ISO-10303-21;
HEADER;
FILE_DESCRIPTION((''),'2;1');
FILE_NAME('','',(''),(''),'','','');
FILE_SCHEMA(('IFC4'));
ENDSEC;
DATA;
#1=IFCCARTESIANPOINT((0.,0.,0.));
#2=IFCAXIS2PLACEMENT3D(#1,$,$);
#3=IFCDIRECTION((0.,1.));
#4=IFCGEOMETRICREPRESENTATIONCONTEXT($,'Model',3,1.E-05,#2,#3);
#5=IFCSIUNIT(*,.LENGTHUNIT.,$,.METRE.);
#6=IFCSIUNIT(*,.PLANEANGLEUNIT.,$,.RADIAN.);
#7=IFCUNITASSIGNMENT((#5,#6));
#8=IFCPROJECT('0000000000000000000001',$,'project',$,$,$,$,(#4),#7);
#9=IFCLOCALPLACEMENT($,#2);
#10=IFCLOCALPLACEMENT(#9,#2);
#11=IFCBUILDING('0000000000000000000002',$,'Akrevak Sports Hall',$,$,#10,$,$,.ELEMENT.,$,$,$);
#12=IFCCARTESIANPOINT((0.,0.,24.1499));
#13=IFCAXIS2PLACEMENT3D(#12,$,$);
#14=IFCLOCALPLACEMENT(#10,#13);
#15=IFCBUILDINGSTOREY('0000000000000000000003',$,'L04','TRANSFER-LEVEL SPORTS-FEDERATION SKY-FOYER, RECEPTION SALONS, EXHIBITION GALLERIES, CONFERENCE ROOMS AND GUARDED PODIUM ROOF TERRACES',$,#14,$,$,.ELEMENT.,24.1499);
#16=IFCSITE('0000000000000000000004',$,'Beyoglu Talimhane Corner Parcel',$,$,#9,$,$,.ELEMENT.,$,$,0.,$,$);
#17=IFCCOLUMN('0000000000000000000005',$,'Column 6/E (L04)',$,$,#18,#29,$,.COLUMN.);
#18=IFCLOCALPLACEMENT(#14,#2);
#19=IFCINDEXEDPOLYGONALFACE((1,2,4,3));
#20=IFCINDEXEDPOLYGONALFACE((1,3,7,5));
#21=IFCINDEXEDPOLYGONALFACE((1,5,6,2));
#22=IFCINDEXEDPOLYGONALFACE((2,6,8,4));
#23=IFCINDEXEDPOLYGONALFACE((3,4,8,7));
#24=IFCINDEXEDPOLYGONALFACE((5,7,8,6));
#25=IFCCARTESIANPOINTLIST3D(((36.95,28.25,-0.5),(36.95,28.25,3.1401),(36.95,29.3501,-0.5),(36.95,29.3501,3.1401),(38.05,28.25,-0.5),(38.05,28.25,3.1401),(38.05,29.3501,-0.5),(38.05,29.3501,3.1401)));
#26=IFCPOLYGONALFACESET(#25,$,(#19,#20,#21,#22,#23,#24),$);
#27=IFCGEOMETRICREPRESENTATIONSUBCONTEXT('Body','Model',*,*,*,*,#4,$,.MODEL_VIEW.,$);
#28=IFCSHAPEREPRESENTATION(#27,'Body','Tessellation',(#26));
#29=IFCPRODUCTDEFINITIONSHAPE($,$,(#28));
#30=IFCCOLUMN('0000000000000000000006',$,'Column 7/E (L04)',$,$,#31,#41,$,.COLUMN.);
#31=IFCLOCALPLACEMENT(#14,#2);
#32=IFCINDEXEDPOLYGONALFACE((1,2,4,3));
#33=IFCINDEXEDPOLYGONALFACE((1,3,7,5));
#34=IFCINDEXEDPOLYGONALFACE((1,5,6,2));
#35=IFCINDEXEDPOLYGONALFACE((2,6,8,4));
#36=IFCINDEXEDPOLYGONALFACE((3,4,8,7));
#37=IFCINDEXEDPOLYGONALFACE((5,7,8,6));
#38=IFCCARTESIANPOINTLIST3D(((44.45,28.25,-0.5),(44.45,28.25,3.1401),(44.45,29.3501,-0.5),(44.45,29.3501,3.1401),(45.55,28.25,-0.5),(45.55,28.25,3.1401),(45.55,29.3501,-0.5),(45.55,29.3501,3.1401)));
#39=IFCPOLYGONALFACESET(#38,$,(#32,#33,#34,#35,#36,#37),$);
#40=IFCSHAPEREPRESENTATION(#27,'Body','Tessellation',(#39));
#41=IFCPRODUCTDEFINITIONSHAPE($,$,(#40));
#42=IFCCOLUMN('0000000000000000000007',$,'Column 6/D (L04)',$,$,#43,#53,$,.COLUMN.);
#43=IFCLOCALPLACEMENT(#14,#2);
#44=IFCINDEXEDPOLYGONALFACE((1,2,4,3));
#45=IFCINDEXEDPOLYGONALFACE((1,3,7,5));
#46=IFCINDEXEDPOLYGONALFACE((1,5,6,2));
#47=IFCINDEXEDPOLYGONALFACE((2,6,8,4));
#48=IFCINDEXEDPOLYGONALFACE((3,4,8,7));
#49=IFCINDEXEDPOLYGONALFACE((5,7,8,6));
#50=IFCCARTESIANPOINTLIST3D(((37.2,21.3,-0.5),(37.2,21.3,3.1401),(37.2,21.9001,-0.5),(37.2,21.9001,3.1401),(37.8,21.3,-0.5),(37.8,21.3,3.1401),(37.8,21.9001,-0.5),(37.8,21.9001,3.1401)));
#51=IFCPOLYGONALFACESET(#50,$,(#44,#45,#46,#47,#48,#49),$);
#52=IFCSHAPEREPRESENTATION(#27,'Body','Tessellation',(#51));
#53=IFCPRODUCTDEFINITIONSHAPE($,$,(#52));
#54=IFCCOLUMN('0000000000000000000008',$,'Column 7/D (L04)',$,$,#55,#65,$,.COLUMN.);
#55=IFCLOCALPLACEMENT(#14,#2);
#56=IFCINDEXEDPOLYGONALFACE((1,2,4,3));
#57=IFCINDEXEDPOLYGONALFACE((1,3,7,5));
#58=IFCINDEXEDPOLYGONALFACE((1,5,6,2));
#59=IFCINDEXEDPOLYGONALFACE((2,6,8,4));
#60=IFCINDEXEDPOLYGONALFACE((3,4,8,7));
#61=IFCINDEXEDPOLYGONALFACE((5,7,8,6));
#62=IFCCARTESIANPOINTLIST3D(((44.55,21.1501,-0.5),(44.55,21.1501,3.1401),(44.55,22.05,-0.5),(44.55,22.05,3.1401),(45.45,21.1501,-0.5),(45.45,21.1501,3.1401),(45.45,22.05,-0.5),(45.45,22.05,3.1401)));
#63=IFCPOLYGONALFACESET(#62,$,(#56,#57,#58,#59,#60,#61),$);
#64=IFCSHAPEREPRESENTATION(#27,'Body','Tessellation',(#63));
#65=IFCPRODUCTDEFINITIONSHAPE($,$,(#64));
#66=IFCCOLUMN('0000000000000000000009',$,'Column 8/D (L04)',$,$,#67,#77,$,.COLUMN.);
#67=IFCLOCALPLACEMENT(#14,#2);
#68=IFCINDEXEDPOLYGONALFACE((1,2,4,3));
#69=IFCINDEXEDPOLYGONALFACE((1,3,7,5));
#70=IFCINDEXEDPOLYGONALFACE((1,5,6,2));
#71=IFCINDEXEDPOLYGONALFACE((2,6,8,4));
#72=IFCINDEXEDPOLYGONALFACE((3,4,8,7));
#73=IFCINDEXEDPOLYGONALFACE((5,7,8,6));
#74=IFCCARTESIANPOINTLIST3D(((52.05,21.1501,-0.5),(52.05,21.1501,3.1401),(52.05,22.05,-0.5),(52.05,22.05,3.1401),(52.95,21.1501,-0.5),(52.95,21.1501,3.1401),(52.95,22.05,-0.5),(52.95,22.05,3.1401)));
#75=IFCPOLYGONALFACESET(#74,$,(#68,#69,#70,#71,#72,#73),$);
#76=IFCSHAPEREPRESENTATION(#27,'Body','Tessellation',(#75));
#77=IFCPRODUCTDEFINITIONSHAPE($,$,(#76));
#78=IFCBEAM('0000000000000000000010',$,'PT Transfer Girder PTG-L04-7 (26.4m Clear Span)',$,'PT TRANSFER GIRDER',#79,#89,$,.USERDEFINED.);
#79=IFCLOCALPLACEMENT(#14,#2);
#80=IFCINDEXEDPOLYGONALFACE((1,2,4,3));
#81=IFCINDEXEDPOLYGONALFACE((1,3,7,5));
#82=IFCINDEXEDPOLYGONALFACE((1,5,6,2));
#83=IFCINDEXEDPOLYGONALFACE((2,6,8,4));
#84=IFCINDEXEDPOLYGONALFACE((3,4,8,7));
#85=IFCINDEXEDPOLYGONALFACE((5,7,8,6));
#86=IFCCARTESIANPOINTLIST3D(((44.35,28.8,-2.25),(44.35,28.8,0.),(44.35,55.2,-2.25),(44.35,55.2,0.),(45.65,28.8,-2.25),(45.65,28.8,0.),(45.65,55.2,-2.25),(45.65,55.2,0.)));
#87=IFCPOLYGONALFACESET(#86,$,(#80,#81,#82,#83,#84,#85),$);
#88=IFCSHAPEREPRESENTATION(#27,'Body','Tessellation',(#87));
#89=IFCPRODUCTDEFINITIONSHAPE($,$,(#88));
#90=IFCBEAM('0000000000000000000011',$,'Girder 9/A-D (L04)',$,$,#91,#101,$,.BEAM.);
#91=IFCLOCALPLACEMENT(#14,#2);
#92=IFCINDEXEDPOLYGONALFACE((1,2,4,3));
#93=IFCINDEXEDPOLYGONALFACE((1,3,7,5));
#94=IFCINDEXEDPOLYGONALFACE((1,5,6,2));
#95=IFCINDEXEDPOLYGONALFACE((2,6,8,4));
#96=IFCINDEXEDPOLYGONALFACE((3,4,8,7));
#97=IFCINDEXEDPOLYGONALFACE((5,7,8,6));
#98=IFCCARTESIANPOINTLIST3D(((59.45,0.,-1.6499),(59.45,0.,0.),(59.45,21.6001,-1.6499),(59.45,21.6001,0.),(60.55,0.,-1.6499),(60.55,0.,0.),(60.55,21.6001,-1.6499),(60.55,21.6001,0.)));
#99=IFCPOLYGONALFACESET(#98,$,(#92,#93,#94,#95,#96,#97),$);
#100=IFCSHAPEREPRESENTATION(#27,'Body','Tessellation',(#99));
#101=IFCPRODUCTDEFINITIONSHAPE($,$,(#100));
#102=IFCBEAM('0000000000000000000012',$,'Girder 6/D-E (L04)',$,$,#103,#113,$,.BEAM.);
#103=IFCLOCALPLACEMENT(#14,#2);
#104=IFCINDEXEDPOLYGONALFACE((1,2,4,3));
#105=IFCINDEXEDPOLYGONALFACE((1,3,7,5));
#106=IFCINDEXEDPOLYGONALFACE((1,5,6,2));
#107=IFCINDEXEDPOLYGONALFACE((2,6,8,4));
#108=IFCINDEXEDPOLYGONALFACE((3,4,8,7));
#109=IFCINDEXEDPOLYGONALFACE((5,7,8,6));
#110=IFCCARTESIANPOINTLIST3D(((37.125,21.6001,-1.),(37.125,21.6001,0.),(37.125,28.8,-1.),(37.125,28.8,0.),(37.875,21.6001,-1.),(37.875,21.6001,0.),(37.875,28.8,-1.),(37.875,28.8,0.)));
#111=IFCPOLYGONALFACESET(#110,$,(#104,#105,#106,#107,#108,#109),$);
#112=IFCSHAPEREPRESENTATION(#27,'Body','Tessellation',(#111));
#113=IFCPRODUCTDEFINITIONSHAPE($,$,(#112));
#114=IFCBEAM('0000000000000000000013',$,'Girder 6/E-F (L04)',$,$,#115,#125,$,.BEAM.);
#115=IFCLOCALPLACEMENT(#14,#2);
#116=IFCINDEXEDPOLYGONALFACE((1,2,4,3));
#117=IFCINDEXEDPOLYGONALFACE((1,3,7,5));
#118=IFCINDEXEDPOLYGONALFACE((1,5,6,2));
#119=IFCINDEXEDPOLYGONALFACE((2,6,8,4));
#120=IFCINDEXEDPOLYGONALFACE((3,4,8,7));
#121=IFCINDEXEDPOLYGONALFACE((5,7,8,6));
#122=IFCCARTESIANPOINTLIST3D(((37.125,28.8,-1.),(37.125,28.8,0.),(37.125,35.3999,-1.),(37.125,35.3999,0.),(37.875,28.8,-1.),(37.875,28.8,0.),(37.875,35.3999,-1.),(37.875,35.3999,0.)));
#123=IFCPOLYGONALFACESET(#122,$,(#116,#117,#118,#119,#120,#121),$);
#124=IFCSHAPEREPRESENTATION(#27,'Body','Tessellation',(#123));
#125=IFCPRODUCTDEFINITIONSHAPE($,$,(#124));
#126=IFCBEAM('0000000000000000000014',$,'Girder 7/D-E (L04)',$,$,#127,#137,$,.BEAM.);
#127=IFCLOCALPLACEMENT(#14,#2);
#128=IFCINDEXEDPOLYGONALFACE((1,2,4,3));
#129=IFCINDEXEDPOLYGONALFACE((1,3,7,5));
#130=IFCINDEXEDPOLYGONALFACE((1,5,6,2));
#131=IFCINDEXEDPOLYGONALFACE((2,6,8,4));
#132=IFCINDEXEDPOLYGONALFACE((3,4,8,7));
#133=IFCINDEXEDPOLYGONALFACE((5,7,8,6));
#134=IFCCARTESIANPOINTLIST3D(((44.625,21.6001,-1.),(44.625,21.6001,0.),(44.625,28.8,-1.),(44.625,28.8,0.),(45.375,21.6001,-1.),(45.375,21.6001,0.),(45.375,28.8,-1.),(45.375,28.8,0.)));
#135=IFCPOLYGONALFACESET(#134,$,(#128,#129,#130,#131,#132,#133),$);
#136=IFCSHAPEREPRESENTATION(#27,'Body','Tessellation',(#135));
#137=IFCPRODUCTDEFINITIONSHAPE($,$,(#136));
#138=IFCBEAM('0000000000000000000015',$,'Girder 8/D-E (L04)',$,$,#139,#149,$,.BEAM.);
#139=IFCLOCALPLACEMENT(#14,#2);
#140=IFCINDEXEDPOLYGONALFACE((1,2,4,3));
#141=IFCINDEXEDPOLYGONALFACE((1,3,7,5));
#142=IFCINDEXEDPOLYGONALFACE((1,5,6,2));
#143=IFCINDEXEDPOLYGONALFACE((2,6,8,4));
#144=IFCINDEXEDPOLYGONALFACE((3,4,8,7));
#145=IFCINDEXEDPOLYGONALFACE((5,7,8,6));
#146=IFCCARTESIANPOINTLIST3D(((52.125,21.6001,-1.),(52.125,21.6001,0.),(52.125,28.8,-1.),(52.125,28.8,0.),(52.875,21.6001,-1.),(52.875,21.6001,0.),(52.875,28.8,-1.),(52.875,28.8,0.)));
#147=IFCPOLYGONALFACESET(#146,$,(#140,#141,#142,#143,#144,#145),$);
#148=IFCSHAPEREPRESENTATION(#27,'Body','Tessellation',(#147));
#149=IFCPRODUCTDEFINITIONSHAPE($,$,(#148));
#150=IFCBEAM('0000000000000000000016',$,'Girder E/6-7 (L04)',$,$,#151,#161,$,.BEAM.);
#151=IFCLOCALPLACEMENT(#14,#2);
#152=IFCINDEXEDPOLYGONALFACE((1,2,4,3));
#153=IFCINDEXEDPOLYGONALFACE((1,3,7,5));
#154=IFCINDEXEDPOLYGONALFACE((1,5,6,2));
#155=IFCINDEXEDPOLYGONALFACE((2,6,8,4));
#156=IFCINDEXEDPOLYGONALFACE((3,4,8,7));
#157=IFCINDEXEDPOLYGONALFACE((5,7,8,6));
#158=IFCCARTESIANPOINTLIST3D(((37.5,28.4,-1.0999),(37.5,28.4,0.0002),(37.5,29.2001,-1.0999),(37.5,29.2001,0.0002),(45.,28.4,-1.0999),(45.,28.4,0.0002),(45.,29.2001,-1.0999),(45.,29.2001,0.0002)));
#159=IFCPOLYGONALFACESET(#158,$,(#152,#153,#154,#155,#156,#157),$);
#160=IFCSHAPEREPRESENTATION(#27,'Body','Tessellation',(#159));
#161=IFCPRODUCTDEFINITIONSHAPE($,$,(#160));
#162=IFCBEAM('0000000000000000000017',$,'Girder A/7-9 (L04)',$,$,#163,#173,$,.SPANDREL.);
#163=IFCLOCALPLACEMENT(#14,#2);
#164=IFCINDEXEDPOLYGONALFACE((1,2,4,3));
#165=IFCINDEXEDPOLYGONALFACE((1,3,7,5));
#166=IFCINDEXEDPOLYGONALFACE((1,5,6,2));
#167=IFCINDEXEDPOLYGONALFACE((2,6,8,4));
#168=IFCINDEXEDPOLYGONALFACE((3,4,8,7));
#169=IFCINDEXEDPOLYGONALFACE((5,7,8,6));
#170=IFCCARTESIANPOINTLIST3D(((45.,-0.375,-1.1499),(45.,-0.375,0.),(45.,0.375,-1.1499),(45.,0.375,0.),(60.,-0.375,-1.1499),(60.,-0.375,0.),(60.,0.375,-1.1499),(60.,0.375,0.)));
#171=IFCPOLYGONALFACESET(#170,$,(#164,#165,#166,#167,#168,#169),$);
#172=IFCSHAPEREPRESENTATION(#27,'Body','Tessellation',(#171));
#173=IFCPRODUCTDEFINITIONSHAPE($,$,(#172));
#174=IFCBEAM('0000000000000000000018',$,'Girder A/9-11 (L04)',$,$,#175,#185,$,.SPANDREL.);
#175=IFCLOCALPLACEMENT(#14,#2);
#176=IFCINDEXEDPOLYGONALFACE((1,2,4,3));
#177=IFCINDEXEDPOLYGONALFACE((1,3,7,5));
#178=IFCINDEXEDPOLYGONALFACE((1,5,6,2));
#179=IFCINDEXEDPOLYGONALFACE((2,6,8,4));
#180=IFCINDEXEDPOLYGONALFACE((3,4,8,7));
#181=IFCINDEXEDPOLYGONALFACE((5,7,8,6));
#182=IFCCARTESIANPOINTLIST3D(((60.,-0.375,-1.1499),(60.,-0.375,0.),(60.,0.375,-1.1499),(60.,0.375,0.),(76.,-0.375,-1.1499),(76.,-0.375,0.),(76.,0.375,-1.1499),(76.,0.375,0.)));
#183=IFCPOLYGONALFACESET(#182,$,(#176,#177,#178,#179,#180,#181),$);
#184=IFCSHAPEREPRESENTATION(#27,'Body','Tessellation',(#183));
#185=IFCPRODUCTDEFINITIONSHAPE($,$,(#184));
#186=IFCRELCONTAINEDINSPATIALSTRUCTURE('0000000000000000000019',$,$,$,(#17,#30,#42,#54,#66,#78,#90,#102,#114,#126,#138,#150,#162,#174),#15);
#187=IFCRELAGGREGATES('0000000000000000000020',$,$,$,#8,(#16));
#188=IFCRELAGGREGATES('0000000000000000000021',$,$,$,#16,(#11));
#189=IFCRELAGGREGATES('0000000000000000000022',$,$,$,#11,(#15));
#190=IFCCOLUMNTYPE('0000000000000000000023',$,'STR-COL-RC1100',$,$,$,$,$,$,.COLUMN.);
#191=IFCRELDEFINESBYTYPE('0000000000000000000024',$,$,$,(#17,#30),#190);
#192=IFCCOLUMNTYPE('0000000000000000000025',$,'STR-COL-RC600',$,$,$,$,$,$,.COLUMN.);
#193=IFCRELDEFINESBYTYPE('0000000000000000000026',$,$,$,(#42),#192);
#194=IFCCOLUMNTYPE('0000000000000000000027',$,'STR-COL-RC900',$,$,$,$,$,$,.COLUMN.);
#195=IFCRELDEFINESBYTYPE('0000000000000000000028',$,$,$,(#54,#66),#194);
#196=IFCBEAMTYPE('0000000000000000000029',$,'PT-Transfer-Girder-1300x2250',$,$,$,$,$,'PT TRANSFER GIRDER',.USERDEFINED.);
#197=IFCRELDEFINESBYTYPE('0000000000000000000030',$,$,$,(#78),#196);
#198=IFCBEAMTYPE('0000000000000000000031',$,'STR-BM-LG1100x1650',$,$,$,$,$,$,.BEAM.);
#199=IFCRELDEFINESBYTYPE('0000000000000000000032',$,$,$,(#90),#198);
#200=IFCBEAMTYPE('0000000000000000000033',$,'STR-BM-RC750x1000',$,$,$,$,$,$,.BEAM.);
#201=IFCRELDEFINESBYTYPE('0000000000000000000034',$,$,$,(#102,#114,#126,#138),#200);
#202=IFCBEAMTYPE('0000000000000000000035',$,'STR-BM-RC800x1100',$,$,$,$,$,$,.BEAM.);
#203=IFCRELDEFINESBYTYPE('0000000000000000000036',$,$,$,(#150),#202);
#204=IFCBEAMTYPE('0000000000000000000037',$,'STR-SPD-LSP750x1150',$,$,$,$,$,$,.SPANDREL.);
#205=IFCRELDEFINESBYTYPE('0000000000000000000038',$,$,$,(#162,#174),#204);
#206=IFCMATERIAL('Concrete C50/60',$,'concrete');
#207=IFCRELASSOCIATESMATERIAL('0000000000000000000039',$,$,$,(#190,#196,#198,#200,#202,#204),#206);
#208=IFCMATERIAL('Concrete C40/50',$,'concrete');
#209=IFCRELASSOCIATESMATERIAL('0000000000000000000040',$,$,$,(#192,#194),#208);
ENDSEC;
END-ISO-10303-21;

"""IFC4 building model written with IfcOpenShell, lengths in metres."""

from ifc_helpers import new_model, si_unit, direction, frame, origin, origin_2d, place, context, subcontext, project, spatial, rectangle, extrude, material, material_profile, profile_set, type_object, element, save


model = new_model("IFC4")

# Units and contexts
model_context = context("Model", 3, precision=1e-05, world=origin(), true_north=direction((0.0, 1.0)))
body_context = subcontext(model_context, "Body", "Model", "MODEL_VIEW")
ifc_project = project(units=[si_unit("LENGTHUNIT", "METRE"), si_unit("PLANEANGLEUNIT", "RADIAN")], contexts=[model_context])

# Site, building, storey
site_placement = place(None, origin())
site = spatial("IfcSite", under=ifc_project, at=site_placement, Name="Beyoglu Talimhane Corner Parcel", CompositionType="ELEMENT", RefElevation=0.0)
building_placement = place(site_placement, origin())
building = spatial("IfcBuilding", under=site, at=building_placement, Name="Akrevak Sports Hall", CompositionType="ELEMENT")
storey_placement = place(building_placement, frame((0.0, 0.0, 24.1499)))
storey = spatial("IfcBuildingStorey", under=building, at=storey_placement, Name="L04", Description="TRANSFER-LEVEL SPORTS-FEDERATION SKY-FOYER, RECEPTION SALONS, EXHIBITION GALLERIES, CONFERENCE ROOMS AND GUARDED PODIUM ROOF TERRACES", CompositionType="ELEMENT", Elevation=24.1499)

# Columns
ifc_material_1 = material(Name="Concrete C50/60", Category="concrete")
ifc_material_profile_1 = material_profile(ifc_material_1, rectangle(XDim=1.1001, YDim=1.1001, at=origin_2d()), Name="RC 1100x1100", Category="concrete")
ifc_profile_set_1 = profile_set([ifc_material_profile_1], Name="Concrete C50/60")
column_type_1 = type_object("IfcColumnType", Name="STR-COL-RC1100", PredefinedType="COLUMN", material=ifc_profile_set_1)
for number, where, z_axis, x_axis, name in (
    (1, (37.5, 28.8, -0.5), (0.0, 0.0, 1.0), (1.0, 0.0, 0.0), "Column 6/E (L04)"),
    (2, (45.0, 28.8, -0.5), (0.0, 0.0, 1.0), (1.0, 0.0, 0.0), "Column 7/E (L04)"),
):
    element("IfcColumn", number, at=place(storey_placement, frame(where, z_axis=z_axis, x_axis=x_axis)), inside=storey, type_object=column_type_1, Name=name, PredefinedType="COLUMN", context=body_context, shape_type="SweptSolid", body=[
        extrude(rectangle(XDim=1.1001, YDim=1.1001, at=origin_2d()), origin(), (0.0, 0.0, 1.0), 3.6401),
    ])
ifc_material_2 = material(Name="Concrete C40/50", Category="concrete")
ifc_material_profile_2 = material_profile(ifc_material_2, rectangle(XDim=0.6001, YDim=0.6001, at=origin_2d()), Name="RC 600x600", Category="concrete")
ifc_profile_set_2 = profile_set([ifc_material_profile_2], Name="Concrete C40/50")
column_type_2 = type_object("IfcColumnType", Name="STR-COL-RC600", PredefinedType="COLUMN", material=ifc_profile_set_2)
column_placement = place(storey_placement, frame((37.5, 21.6001, -0.5), z_axis=(0.0, 0.0, 1.0), x_axis=(1.0, 0.0, 0.0)))
element("IfcColumn", 3, at=column_placement, inside=storey, type_object=column_type_2, Name="Column 6/D (L04)", PredefinedType="COLUMN", context=body_context, shape_type="SweptSolid", body=[
    extrude(rectangle(XDim=0.6001, YDim=0.6001, at=origin_2d()), origin(), (0.0, 0.0, 1.0), 3.6401),
])
ifc_material_profile_3 = material_profile(ifc_material_2, rectangle(XDim=0.8999, YDim=0.8999, at=origin_2d()), Name="RC 900x900", Category="concrete")
ifc_profile_set_3 = profile_set([ifc_material_profile_3], Name="Concrete C40/50")
column_type_3 = type_object("IfcColumnType", Name="STR-COL-RC900", PredefinedType="COLUMN", material=ifc_profile_set_3)
for number, where, z_axis, x_axis, name in (
    (4, (45.0, 21.6001, -0.5), (0.0, 0.0, 1.0), (1.0, 0.0, 0.0), "Column 7/D (L04)"),
    (5, (52.5, 21.6001, -0.5), (0.0, 0.0, 1.0), (1.0, 0.0, 0.0), "Column 8/D (L04)"),
):
    element("IfcColumn", number, at=place(storey_placement, frame(where, z_axis=z_axis, x_axis=x_axis)), inside=storey, type_object=column_type_3, Name=name, PredefinedType="COLUMN", context=body_context, shape_type="SweptSolid", body=[
        extrude(rectangle(XDim=0.8999, YDim=0.8999, at=origin_2d()), origin(), (0.0, 0.0, 1.0), 3.6401),
    ])

# Beams
ifc_material_profile_4 = material_profile(ifc_material_1, rectangle(XDim=1.3, YDim=2.25, at=origin_2d()), Name="PTG 1300x2250", Category="concrete")
ifc_profile_set_4 = profile_set([ifc_material_profile_4], Name="Concrete C50/60")
beam_type_1 = type_object("IfcBeamType", Name="PT-Transfer-Girder-1300x2250", ElementType="PT TRANSFER GIRDER", PredefinedType="USERDEFINED", material=ifc_profile_set_4)
beam_1_placement = place(storey_placement, frame((45.0, 28.8, -1.125), z_axis=(0.0, 1.0, 0.0), x_axis=(-1.0, 0.0, 0.0)))
element("IfcBeam", 6, at=beam_1_placement, inside=storey, type_object=beam_type_1, Name="PT Transfer Girder PTG-L04-7 (26.4m Clear Span)", ObjectType="PT TRANSFER GIRDER", PredefinedType="USERDEFINED", context=body_context, shape_type="SweptSolid", body=[
    extrude(rectangle(XDim=1.3, YDim=2.25, at=origin_2d()), origin(), (0.0, 0.0, 1.0), 26.3999),
])
ifc_material_profile_5 = material_profile(ifc_material_1, rectangle(XDim=1.1001, YDim=1.6499, at=origin_2d()), Name="BM 1100x1650", Category="concrete")
ifc_profile_set_5 = profile_set([ifc_material_profile_5], Name="Concrete C50/60")
beam_type_2 = type_object("IfcBeamType", Name="STR-BM-LG1100x1650", PredefinedType="BEAM", material=ifc_profile_set_5)
beam_2_placement = place(storey_placement, frame((60.0, 0.0, -0.825), z_axis=(0.0, 1.0, 0.0), x_axis=(-1.0, 0.0, 0.0)))
element("IfcBeam", 7, at=beam_2_placement, inside=storey, type_object=beam_type_2, Name="Girder 9/A-D (L04)", PredefinedType="BEAM", context=body_context, shape_type="SweptSolid", body=[
    extrude(rectangle(XDim=1.1001, YDim=1.6499, at=origin_2d()), origin(), (0.0, 0.0, 1.0), 21.6001),
])
ifc_material_profile_6 = material_profile(ifc_material_1, rectangle(XDim=0.75, YDim=1.0, at=origin_2d()), Name="BM 750x1000", Category="concrete")
ifc_profile_set_6 = profile_set([ifc_material_profile_6], Name="Concrete C50/60")
beam_type_3 = type_object("IfcBeamType", Name="STR-BM-RC750x1000", PredefinedType="BEAM", material=ifc_profile_set_6)
beam_3_placement = place(storey_placement, frame((37.5, 21.6001, -0.5), z_axis=(0.0, 1.0, 0.0), x_axis=(-1.0, 0.0, 0.0)))
element("IfcBeam", 8, at=beam_3_placement, inside=storey, type_object=beam_type_3, Name="Girder 6/D-E (L04)", PredefinedType="BEAM", context=body_context, shape_type="SweptSolid", body=[
    extrude(rectangle(XDim=0.75, YDim=1.0, at=origin_2d()), origin(), (0.0, 0.0, 1.0), 7.2),
])
beam_4_placement = place(storey_placement, frame((37.5, 28.8, -0.5), z_axis=(0.0, 1.0, 0.0), x_axis=(-1.0, 0.0, 0.0)))
element("IfcBeam", 9, at=beam_4_placement, inside=storey, type_object=beam_type_3, Name="Girder 6/E-F (L04)", PredefinedType="BEAM", context=body_context, shape_type="SweptSolid", body=[
    extrude(rectangle(XDim=0.75, YDim=1.0, at=origin_2d()), origin(), (0.0, 0.0, 1.0), 6.5999),
])
for number, where, z_axis, x_axis, name in (
    (10, (45.0, 21.6001, -0.5), (0.0, 1.0, 0.0), (-1.0, 0.0, 0.0), "Girder 7/D-E (L04)"),
    (11, (52.5, 21.6001, -0.5), (0.0, 1.0, 0.0), (-1.0, 0.0, 0.0), "Girder 8/D-E (L04)"),
):
    element("IfcBeam", number, at=place(storey_placement, frame(where, z_axis=z_axis, x_axis=x_axis)), inside=storey, type_object=beam_type_3, Name=name, PredefinedType="BEAM", context=body_context, shape_type="SweptSolid", body=[
        extrude(rectangle(XDim=0.75, YDim=1.0, at=origin_2d()), origin(), (0.0, 0.0, 1.0), 7.2),
    ])
ifc_material_profile_7 = material_profile(ifc_material_1, rectangle(XDim=0.8, YDim=1.1001, at=origin_2d()), Name="BM 800x1100", Category="concrete")
ifc_profile_set_7 = profile_set([ifc_material_profile_7], Name="Concrete C50/60")
beam_type_4 = type_object("IfcBeamType", Name="STR-BM-RC800x1100", PredefinedType="BEAM", material=ifc_profile_set_7)
beam_5_placement = place(storey_placement, frame((37.5, 28.8, -0.5498), z_axis=(1.0, 0.0, 0.0), x_axis=(0.0, 1.0, 0.0)))
element("IfcBeam", 12, at=beam_5_placement, inside=storey, type_object=beam_type_4, Name="Girder E/6-7 (L04)", PredefinedType="BEAM", context=body_context, shape_type="SweptSolid", body=[
    extrude(rectangle(XDim=0.8, YDim=1.1001, at=origin_2d()), origin(), (0.0, 0.0, 1.0), 7.5),
])
ifc_material_profile_8 = material_profile(ifc_material_1, rectangle(XDim=0.75, YDim=1.1499, at=origin_2d()), Name="SPD 750x1150", Category="concrete")
ifc_profile_set_8 = profile_set([ifc_material_profile_8], Name="Concrete C50/60")
beam_type_5 = type_object("IfcBeamType", Name="STR-SPD-LSP750x1150", PredefinedType="SPANDREL", material=ifc_profile_set_8)
beam_6_placement = place(storey_placement, frame((45.0, 0.0, -0.575), z_axis=(1.0, 0.0, 0.0), x_axis=(0.0, 1.0, 0.0)))
element("IfcBeam", 13, at=beam_6_placement, inside=storey, type_object=beam_type_5, Name="Girder A/7-9 (L04)", PredefinedType="SPANDREL", context=body_context, shape_type="SweptSolid", body=[
    extrude(rectangle(XDim=0.75, YDim=1.1499, at=origin_2d()), origin(), (0.0, 0.0, 1.0), 15.0),
])
beam_7_placement = place(storey_placement, frame((60.0, 0.0, -0.575), z_axis=(1.0, 0.0, 0.0), x_axis=(0.0, 1.0, 0.0)))
element("IfcBeam", 14, at=beam_7_placement, inside=storey, type_object=beam_type_5, Name="Girder A/9-11 (L04)", PredefinedType="SPANDREL", context=body_context, shape_type="SweptSolid", body=[
    extrude(rectangle(XDim=0.75, YDim=1.1499, at=origin_2d()), origin(), (0.0, 0.0, 1.0), 16.0),
])

save(model, "model.ifc")
